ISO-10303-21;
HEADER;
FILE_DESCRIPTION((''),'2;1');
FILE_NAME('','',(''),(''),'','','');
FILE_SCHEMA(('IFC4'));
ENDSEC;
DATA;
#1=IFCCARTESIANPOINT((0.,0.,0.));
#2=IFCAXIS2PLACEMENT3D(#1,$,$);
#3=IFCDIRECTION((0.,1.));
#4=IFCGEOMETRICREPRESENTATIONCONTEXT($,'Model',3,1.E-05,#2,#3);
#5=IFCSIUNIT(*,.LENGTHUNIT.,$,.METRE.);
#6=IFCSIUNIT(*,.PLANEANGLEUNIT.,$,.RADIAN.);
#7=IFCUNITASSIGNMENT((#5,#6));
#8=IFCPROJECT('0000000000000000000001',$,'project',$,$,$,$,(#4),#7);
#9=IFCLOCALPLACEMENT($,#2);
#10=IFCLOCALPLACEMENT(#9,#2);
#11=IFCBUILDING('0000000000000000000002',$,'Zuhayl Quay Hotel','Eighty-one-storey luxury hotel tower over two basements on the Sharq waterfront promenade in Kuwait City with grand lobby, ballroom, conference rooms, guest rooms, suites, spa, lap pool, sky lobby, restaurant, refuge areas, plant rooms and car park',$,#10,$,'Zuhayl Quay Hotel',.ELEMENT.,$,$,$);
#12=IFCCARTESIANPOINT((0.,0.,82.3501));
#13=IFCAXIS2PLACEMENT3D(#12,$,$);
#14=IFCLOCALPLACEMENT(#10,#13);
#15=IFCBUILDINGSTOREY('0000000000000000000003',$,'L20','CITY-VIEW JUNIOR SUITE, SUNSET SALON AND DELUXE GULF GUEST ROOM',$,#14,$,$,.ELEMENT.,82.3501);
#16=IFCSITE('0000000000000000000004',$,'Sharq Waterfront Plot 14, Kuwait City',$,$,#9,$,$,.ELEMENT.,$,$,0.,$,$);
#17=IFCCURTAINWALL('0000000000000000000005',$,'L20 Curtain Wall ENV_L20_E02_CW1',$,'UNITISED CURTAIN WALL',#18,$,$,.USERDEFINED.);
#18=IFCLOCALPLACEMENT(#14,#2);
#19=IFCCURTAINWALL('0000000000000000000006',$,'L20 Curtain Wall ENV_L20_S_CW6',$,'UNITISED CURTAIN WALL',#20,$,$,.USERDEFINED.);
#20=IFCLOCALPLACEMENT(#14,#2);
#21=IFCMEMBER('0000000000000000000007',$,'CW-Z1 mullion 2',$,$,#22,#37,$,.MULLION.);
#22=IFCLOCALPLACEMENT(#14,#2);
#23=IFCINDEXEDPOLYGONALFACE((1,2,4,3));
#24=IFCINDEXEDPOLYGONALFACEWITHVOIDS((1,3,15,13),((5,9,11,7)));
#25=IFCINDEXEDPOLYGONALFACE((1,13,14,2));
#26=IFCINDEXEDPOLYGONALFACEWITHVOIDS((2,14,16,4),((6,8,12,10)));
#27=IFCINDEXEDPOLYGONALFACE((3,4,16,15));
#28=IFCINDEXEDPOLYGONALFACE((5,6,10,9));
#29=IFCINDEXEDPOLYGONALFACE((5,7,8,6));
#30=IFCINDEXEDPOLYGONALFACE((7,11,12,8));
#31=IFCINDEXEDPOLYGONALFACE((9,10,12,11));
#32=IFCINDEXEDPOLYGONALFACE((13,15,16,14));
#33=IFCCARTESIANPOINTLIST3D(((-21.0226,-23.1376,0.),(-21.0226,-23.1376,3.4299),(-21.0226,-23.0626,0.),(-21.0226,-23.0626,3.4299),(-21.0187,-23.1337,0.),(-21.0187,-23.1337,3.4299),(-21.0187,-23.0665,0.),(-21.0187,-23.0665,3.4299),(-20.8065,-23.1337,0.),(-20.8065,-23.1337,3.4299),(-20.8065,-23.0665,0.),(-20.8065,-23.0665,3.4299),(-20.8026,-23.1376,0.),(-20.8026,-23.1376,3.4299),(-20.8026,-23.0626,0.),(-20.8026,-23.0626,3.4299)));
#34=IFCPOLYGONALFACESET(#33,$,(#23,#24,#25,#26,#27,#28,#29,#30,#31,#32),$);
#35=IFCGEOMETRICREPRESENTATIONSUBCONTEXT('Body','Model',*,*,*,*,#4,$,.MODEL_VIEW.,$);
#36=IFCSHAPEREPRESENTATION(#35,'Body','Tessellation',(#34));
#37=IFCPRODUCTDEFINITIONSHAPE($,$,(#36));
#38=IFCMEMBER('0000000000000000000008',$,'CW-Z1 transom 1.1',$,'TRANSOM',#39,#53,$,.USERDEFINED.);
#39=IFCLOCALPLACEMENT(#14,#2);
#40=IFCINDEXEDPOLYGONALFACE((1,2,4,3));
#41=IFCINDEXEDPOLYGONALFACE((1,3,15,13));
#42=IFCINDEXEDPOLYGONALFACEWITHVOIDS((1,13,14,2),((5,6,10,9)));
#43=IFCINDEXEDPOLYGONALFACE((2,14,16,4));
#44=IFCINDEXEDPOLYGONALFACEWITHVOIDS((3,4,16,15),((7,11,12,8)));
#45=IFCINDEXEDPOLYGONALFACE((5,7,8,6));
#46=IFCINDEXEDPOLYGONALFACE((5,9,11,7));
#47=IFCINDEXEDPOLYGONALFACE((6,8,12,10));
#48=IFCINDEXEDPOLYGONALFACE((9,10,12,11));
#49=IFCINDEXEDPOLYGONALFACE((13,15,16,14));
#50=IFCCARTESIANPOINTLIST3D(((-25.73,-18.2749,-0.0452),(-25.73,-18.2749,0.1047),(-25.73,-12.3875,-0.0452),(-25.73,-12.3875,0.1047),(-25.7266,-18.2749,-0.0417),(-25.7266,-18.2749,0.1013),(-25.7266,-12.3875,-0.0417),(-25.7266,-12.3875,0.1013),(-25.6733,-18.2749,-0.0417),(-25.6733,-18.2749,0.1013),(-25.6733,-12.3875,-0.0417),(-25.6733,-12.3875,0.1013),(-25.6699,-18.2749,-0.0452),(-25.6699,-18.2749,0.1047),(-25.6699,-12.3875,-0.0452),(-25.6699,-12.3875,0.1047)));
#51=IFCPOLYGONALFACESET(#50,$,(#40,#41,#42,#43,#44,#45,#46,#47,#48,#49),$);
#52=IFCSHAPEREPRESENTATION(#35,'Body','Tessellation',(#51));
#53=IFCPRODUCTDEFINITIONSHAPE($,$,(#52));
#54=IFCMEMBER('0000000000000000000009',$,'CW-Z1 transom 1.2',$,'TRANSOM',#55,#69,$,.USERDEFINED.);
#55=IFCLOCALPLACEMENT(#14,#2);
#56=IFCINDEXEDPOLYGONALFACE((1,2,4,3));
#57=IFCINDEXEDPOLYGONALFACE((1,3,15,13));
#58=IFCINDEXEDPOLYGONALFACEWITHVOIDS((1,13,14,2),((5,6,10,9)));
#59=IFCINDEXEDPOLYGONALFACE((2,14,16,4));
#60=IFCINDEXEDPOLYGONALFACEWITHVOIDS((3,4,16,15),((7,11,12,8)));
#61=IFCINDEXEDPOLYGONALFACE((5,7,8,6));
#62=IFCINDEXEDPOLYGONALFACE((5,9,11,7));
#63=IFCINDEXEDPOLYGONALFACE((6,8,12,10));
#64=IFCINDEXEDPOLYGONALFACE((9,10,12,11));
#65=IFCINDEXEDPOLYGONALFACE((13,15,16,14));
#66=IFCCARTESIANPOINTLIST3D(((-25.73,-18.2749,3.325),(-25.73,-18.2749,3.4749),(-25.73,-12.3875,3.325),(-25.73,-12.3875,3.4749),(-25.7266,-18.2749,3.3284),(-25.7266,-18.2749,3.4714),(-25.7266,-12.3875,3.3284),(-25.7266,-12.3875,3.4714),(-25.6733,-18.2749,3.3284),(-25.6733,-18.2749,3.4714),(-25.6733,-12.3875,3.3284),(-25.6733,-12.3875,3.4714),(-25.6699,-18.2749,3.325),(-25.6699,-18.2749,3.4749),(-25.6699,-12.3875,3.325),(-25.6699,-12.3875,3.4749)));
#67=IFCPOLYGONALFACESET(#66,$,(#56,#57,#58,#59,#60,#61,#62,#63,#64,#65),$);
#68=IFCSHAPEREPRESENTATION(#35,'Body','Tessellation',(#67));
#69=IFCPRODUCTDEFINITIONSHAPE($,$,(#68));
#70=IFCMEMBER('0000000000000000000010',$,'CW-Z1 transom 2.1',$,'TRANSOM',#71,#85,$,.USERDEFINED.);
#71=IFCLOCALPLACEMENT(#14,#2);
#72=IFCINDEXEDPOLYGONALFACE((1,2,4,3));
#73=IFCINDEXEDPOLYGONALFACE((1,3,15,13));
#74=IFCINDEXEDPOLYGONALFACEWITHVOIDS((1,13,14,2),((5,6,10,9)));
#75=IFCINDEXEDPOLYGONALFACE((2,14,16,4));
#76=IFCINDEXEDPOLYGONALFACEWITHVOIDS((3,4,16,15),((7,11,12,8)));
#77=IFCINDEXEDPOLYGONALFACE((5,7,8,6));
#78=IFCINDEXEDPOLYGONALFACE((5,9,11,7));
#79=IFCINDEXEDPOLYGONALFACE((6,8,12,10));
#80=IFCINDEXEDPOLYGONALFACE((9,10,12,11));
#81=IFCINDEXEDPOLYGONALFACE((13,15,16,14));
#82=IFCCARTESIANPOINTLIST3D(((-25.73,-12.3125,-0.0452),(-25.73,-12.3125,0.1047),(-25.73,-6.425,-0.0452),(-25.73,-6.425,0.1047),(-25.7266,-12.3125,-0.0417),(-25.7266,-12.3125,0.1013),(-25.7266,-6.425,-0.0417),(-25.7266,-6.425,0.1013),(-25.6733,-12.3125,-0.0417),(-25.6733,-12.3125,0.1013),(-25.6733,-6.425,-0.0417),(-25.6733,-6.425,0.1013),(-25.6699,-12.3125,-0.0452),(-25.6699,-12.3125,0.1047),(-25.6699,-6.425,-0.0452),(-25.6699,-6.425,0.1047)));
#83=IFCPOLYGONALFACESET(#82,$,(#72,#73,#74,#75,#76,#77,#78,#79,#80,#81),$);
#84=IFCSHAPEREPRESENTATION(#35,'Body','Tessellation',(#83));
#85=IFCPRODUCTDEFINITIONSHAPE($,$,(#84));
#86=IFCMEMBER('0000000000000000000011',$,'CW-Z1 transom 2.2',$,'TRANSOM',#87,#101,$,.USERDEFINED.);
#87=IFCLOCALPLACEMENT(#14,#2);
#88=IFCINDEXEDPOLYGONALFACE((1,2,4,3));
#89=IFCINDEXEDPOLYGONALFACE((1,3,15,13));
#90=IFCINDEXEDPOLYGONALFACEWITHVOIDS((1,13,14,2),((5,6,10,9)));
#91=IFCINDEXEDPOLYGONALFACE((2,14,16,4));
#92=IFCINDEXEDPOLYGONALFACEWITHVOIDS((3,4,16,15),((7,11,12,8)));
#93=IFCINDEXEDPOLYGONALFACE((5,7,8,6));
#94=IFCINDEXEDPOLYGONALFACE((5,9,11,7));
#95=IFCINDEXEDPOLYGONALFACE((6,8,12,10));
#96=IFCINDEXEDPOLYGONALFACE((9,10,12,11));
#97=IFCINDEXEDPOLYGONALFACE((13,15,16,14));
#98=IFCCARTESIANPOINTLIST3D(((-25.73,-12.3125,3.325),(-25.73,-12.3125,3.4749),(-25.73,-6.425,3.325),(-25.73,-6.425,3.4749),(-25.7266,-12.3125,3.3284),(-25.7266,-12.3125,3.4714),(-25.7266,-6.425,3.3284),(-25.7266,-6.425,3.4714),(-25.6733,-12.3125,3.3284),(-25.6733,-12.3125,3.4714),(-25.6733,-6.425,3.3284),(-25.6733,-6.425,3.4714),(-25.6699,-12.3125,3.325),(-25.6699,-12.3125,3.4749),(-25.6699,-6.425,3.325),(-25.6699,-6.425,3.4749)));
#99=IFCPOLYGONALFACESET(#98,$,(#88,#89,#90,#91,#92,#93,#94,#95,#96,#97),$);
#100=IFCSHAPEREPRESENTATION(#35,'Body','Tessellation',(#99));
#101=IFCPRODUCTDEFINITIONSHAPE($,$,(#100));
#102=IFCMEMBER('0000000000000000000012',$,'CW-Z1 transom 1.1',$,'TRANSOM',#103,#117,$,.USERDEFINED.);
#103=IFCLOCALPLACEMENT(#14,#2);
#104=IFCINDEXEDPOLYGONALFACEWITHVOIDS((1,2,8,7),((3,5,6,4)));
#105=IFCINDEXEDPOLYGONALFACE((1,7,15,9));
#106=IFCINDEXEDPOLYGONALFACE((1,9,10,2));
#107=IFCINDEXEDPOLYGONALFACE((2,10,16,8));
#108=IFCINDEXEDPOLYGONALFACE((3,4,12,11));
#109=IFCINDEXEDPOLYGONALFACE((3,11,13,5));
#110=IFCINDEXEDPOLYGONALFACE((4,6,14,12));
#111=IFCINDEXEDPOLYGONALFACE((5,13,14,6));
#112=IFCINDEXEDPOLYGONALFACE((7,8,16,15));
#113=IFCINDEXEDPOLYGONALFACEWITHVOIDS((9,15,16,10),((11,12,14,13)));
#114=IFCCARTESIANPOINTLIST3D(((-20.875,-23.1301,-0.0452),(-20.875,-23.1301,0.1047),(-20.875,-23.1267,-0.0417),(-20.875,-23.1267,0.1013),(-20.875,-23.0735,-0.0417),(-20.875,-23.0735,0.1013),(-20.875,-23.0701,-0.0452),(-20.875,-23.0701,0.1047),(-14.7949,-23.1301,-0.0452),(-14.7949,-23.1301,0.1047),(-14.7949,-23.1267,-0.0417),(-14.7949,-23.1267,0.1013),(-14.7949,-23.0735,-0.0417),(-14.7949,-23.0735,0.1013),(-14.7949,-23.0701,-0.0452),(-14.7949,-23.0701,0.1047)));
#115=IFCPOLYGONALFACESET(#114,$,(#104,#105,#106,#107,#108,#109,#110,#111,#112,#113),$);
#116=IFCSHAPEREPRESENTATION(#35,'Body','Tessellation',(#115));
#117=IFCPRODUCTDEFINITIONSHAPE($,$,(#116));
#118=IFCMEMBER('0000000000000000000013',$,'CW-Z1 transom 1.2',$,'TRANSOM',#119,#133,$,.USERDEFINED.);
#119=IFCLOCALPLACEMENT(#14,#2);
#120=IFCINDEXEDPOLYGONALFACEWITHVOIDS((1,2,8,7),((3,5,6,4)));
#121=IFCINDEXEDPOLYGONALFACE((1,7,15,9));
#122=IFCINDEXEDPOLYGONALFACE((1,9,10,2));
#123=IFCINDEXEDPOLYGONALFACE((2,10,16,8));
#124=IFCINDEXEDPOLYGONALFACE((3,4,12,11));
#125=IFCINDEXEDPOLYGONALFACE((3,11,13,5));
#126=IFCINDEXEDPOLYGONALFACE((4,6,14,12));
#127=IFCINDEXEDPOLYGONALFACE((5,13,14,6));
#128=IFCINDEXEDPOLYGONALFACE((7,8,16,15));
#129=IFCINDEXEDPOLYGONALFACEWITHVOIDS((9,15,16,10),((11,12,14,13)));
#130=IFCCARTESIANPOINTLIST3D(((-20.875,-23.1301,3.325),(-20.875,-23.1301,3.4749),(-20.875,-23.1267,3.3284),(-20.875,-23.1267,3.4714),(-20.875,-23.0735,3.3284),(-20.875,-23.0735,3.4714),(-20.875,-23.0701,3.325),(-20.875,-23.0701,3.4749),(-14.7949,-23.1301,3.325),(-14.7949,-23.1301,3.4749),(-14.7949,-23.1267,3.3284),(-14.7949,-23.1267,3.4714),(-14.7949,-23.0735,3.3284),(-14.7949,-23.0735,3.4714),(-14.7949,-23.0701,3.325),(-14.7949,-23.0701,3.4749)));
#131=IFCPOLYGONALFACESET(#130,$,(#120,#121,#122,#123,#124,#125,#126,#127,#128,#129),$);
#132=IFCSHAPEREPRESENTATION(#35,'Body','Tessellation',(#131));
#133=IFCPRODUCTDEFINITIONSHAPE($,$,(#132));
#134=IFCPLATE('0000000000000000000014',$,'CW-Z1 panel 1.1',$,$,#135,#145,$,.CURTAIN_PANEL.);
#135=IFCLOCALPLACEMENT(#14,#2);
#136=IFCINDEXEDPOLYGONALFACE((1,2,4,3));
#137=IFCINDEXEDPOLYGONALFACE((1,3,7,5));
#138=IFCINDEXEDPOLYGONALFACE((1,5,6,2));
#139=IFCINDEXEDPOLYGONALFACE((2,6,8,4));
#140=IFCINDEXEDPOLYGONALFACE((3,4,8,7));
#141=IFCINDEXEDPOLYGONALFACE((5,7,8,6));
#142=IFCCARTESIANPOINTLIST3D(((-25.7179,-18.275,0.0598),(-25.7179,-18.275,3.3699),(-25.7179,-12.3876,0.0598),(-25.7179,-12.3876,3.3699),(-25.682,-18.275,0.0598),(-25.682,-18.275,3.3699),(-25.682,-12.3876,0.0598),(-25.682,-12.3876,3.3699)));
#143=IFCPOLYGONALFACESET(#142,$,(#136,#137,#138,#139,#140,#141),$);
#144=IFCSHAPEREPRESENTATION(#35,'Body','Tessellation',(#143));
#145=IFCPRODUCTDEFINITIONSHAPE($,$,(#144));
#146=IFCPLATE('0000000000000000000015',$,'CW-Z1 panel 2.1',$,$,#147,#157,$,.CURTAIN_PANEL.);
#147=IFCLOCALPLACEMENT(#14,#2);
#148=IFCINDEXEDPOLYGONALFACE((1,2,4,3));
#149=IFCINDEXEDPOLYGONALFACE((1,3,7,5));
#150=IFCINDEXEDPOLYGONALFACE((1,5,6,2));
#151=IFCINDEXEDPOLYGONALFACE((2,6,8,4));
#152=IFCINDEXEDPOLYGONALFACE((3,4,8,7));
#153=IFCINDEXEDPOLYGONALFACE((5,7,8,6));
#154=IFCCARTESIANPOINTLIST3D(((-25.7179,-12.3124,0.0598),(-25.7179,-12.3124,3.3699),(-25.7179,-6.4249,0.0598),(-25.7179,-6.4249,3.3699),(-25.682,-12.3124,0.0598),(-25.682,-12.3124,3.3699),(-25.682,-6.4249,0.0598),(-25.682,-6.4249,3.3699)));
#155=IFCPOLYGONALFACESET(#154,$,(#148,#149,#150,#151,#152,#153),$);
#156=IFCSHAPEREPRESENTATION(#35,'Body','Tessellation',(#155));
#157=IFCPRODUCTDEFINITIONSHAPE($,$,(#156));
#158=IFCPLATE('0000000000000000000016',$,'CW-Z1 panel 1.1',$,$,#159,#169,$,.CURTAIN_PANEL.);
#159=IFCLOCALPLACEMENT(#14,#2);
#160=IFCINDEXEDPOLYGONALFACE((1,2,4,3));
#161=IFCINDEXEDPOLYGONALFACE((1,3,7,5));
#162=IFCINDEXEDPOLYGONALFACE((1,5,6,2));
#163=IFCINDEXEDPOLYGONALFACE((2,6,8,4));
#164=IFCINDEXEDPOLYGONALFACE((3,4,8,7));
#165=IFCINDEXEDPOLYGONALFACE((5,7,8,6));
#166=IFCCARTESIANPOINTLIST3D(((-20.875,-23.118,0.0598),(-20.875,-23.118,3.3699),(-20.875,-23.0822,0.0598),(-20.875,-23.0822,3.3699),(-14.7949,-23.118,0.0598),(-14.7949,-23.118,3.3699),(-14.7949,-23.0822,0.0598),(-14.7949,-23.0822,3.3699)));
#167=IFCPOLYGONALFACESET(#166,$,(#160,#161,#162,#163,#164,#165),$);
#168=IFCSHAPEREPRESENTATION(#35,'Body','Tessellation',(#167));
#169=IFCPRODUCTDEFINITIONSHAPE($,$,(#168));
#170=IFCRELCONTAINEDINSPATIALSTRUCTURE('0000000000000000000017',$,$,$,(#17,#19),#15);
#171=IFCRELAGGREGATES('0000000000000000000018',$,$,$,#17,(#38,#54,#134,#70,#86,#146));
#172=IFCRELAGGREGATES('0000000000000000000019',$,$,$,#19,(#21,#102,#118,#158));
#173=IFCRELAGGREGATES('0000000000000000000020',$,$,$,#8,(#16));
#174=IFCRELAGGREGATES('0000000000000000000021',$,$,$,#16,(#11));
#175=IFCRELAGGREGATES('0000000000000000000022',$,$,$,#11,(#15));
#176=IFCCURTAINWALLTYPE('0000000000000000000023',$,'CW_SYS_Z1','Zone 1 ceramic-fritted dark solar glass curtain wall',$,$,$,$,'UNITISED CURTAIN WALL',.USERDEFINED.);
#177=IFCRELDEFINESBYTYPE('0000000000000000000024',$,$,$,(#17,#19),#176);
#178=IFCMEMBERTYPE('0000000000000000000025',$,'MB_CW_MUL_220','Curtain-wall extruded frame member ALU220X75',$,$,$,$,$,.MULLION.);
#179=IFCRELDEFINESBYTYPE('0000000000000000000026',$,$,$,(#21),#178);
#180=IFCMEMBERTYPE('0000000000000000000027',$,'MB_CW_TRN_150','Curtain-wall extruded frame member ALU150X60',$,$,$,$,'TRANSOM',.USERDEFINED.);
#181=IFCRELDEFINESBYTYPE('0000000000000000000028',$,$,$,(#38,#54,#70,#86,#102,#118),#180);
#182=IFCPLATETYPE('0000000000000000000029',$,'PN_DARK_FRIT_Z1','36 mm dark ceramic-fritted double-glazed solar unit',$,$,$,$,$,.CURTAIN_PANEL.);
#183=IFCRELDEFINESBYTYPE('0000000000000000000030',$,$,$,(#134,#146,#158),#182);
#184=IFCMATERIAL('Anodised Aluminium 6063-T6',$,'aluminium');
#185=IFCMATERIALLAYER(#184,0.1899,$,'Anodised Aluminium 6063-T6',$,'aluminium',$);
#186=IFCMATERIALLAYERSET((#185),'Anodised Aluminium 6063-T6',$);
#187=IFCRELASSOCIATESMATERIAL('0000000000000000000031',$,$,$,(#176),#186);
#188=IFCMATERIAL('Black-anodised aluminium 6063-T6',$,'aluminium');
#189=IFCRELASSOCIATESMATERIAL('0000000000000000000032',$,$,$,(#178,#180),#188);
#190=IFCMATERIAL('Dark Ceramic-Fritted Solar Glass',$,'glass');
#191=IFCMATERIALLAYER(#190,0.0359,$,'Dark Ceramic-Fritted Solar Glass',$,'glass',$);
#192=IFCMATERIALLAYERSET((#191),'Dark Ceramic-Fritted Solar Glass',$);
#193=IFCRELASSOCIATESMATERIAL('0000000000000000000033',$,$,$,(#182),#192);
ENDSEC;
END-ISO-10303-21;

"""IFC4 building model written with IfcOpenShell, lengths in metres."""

from ifc_helpers import new_model, si_unit, direction, frame, origin, origin_2d, place, context, subcontext, project, spatial, rectangle, hollow_rectangle, extrude, material, layer, layer_set, material_profile, profile_set, type_object, element, aggregate, save


model = new_model("IFC4")

# Units and contexts
model_context = context("Model", 3, precision=1e-05, world=origin(), true_north=direction((0.0, 1.0)))
body_context = subcontext(model_context, "Body", "Model", "MODEL_VIEW")
ifc_project = project(units=[si_unit("LENGTHUNIT", "METRE"), si_unit("PLANEANGLEUNIT", "RADIAN")], contexts=[model_context])

# Site, building, storey
site_placement = place(None, origin())
site = spatial("IfcSite", under=ifc_project, at=site_placement, Name="Sharq Waterfront Plot 14, Kuwait City", CompositionType="ELEMENT", RefElevation=0.0)
building_placement = place(site_placement, origin())
building = spatial("IfcBuilding", under=site, at=building_placement, Name="Zuhayl Quay Hotel", Description="Eighty-one-storey luxury hotel tower over two basements on the Sharq waterfront promenade in Kuwait City with grand lobby, ballroom, conference rooms, guest rooms, suites, spa, lap pool, sky lobby, restaurant, refuge areas, plant rooms and car park", LongName="Zuhayl Quay Hotel", CompositionType="ELEMENT")
storey_placement = place(building_placement, frame((0.0, 0.0, 82.3501)))
storey = spatial("IfcBuildingStorey", under=building, at=storey_placement, Name="L20", Description="CITY-VIEW JUNIOR SUITE, SUNSET SALON AND DELUXE GULF GUEST ROOM", CompositionType="ELEMENT", Elevation=82.3501)

# Curtain walls, member
ifc_material_1 = material(Name="Anodised Aluminium 6063-T6", Category="aluminium")
ifc_layer_1 = layer(ifc_material_1, 0.1899, Name="Anodised Aluminium 6063-T6", Category="aluminium")
ifc_layer_set_1 = layer_set([ifc_layer_1], Name="Anodised Aluminium 6063-T6")
curtain_wall_type = type_object("IfcCurtainWallType", Name="CW_SYS_Z1", Description="Zone 1 ceramic-fritted dark solar glass curtain wall", ElementType="UNITISED CURTAIN WALL", PredefinedType="USERDEFINED", material=ifc_layer_set_1)
curtain_wall_1_placement = place(storey_placement, origin())
curtain_wall_1 = element("IfcCurtainWall", 1, at=curtain_wall_1_placement, inside=storey, type_object=curtain_wall_type, Name="L20 Curtain Wall ENV_L20_E02_CW1", ObjectType="UNITISED CURTAIN WALL", PredefinedType="USERDEFINED")
ifc_material_2 = material(Name="Black-anodised aluminium 6063-T6", Category="aluminium")
ifc_material_profile_1 = material_profile(ifc_material_2, hollow_rectangle(XDim=0.075, YDim=0.22, WallThickness=0.0039, at=origin_2d()), Name="ALU220X75")
ifc_profile_set_1 = profile_set([ifc_material_profile_1], Name="Black-anodised aluminium 6063-T6")
member_type_1 = type_object("IfcMemberType", Name="MB_CW_MUL_220", Description="Curtain-wall extruded frame member ALU220X75", PredefinedType="MULLION", material=ifc_profile_set_1)
curtain_wall_2_placement = place(storey_placement, origin())
curtain_wall_2 = element("IfcCurtainWall", 2, at=curtain_wall_2_placement, inside=storey, type_object=curtain_wall_type, Name="L20 Curtain Wall ENV_L20_S_CW6", ObjectType="UNITISED CURTAIN WALL", PredefinedType="USERDEFINED")
member_1_placement = place(storey_placement, frame((-20.9126, -23.1001, 0.0), z_axis=(0.0, 0.0, 1.0), x_axis=(0.0, -1.0, 0.0)))
member_1 = element("IfcMember", 3, at=member_1_placement, type_object=member_type_1, Name="CW-Z1 mullion 2", PredefinedType="MULLION", context=body_context, shape_type="SweptSolid", body=[
    extrude(hollow_rectangle(XDim=0.075, YDim=0.22, WallThickness=0.0039, at=origin_2d()), origin(), (0.0, 0.0, 1.0), 3.4299),
])

# Members
ifc_material_profile_2 = material_profile(ifc_material_2, hollow_rectangle(XDim=0.0601, YDim=0.1499, WallThickness=0.0034, at=origin_2d()), Name="ALU150X60")
ifc_profile_set_2 = profile_set([ifc_material_profile_2], Name="Black-anodised aluminium 6063-T6")
member_type_2 = type_object("IfcMemberType", Name="MB_CW_TRN_150", Description="Curtain-wall extruded frame member ALU150X60", ElementType="TRANSOM", PredefinedType="USERDEFINED", material=ifc_profile_set_2)
member_2_placement = place(storey_placement, frame((-25.7, -18.2749, 0.0298), z_axis=(0.0, 1.0, 0.0), x_axis=(-1.0, 0.0, 0.0)))
member_2 = element("IfcMember", 4, at=member_2_placement, type_object=member_type_2, Name="CW-Z1 transom 1.1", ObjectType="TRANSOM", PredefinedType="USERDEFINED", context=body_context, shape_type="SweptSolid", body=[
    extrude(hollow_rectangle(XDim=0.0601, YDim=0.1499, WallThickness=0.0034, at=origin_2d()), origin(), (0.0, 0.0, 1.0), 5.8875),
])
member_3_placement = place(storey_placement, frame((-25.7, -18.2749, 3.3999), z_axis=(0.0, 1.0, 0.0), x_axis=(-1.0, 0.0, 0.0)))
member_3 = element("IfcMember", 5, at=member_3_placement, type_object=member_type_2, Name="CW-Z1 transom 1.2", ObjectType="TRANSOM", PredefinedType="USERDEFINED", context=body_context, shape_type="SweptSolid", body=[
    extrude(hollow_rectangle(XDim=0.0601, YDim=0.1499, WallThickness=0.0034, at=origin_2d()), origin(), (0.0, 0.0, 1.0), 5.8875),
])
member_4_placement = place(storey_placement, frame((-25.7, -12.3125, 0.0298), z_axis=(0.0, 1.0, 0.0), x_axis=(-1.0, 0.0, 0.0)))
member_4 = element("IfcMember", 6, at=member_4_placement, type_object=member_type_2, Name="CW-Z1 transom 2.1", ObjectType="TRANSOM", PredefinedType="USERDEFINED", context=body_context, shape_type="SweptSolid", body=[
    extrude(hollow_rectangle(XDim=0.0601, YDim=0.1499, WallThickness=0.0034, at=origin_2d()), origin(), (0.0, 0.0, 1.0), 5.8875),
])
member_5_placement = place(storey_placement, frame((-25.7, -12.3125, 3.3999), z_axis=(0.0, 1.0, 0.0), x_axis=(-1.0, 0.0, 0.0)))
member_5 = element("IfcMember", 7, at=member_5_placement, type_object=member_type_2, Name="CW-Z1 transom 2.2", ObjectType="TRANSOM", PredefinedType="USERDEFINED", context=body_context, shape_type="SweptSolid", body=[
    extrude(hollow_rectangle(XDim=0.0601, YDim=0.1499, WallThickness=0.0034, at=origin_2d()), origin(), (0.0, 0.0, 1.0), 5.8875),
])
member_6_placement = place(storey_placement, frame((-14.7949, -23.1001, 0.0298), z_axis=(-1.0, 0.0, 0.0), x_axis=(0.0, -1.0, 0.0)))
member_6 = element("IfcMember", 8, at=member_6_placement, type_object=member_type_2, Name="CW-Z1 transom 1.1", ObjectType="TRANSOM", PredefinedType="USERDEFINED", context=body_context, shape_type="SweptSolid", body=[
    extrude(hollow_rectangle(XDim=0.0601, YDim=0.1499, WallThickness=0.0034, at=origin_2d()), origin(), (0.0, 0.0, 1.0), 6.0801),
])
member_7_placement = place(storey_placement, frame((-14.7949, -23.1001, 3.3999), z_axis=(-1.0, 0.0, 0.0), x_axis=(0.0, -1.0, 0.0)))
member_7 = element("IfcMember", 9, at=member_7_placement, type_object=member_type_2, Name="CW-Z1 transom 1.2", ObjectType="TRANSOM", PredefinedType="USERDEFINED", context=body_context, shape_type="SweptSolid", body=[
    extrude(hollow_rectangle(XDim=0.0601, YDim=0.1499, WallThickness=0.0034, at=origin_2d()), origin(), (0.0, 0.0, 1.0), 6.0801),
])

# Plates
ifc_material_3 = material(Name="Dark Ceramic-Fritted Solar Glass", Category="glass")
ifc_layer_2 = layer(ifc_material_3, 0.0359, Name="Dark Ceramic-Fritted Solar Glass", Category="glass")
ifc_layer_set_2 = layer_set([ifc_layer_2], Name="Dark Ceramic-Fritted Solar Glass")
plate_type = type_object("IfcPlateType", Name="PN_DARK_FRIT_Z1", Description="36 mm dark ceramic-fritted double-glazed solar unit", PredefinedType="CURTAIN_PANEL", material=ifc_layer_set_2)
plate_1_placement = place(storey_placement, frame((-25.7, -15.3313, 0.0598), z_axis=(0.0, 0.0, 1.0), x_axis=(0.0, 1.0, 0.0)))
plate_1 = element("IfcPlate", 10, at=plate_1_placement, type_object=plate_type, Name="CW-Z1 panel 1.1", PredefinedType="CURTAIN_PANEL", context=body_context, shape_type="SweptSolid", body=[
    extrude(rectangle(XDim=5.8875, YDim=0.0359, at=origin_2d()), origin(), (0.0, 0.0, 1.0), 3.3101),
])
plate_2_placement = place(storey_placement, frame((-25.7, -9.3687, 0.0598), z_axis=(0.0, 0.0, 1.0), x_axis=(0.0, 1.0, 0.0)))
plate_2 = element("IfcPlate", 11, at=plate_2_placement, type_object=plate_type, Name="CW-Z1 panel 2.1", PredefinedType="CURTAIN_PANEL", context=body_context, shape_type="SweptSolid", body=[
    extrude(rectangle(XDim=5.8875, YDim=0.0359, at=origin_2d()), origin(), (0.0, 0.0, 1.0), 3.3101),
])
aggregate(curtain_wall_1, [member_2, member_3, plate_1, member_4, member_5, plate_2])
plate_3_placement = place(storey_placement, frame((-17.835, -23.1001, 0.0598), z_axis=(0.0, 0.0, 1.0), x_axis=(-1.0, 0.0, 0.0)))
plate_3 = element("IfcPlate", 12, at=plate_3_placement, type_object=plate_type, Name="CW-Z1 panel 1.1", PredefinedType="CURTAIN_PANEL", context=body_context, shape_type="SweptSolid", body=[
    extrude(rectangle(XDim=6.0801, YDim=0.0359, at=origin_2d()), origin(), (0.0, 0.0, 1.0), 3.3101),
])
aggregate(curtain_wall_2, [member_1, member_6, member_7, plate_3])

save(model, "model.ifc")
